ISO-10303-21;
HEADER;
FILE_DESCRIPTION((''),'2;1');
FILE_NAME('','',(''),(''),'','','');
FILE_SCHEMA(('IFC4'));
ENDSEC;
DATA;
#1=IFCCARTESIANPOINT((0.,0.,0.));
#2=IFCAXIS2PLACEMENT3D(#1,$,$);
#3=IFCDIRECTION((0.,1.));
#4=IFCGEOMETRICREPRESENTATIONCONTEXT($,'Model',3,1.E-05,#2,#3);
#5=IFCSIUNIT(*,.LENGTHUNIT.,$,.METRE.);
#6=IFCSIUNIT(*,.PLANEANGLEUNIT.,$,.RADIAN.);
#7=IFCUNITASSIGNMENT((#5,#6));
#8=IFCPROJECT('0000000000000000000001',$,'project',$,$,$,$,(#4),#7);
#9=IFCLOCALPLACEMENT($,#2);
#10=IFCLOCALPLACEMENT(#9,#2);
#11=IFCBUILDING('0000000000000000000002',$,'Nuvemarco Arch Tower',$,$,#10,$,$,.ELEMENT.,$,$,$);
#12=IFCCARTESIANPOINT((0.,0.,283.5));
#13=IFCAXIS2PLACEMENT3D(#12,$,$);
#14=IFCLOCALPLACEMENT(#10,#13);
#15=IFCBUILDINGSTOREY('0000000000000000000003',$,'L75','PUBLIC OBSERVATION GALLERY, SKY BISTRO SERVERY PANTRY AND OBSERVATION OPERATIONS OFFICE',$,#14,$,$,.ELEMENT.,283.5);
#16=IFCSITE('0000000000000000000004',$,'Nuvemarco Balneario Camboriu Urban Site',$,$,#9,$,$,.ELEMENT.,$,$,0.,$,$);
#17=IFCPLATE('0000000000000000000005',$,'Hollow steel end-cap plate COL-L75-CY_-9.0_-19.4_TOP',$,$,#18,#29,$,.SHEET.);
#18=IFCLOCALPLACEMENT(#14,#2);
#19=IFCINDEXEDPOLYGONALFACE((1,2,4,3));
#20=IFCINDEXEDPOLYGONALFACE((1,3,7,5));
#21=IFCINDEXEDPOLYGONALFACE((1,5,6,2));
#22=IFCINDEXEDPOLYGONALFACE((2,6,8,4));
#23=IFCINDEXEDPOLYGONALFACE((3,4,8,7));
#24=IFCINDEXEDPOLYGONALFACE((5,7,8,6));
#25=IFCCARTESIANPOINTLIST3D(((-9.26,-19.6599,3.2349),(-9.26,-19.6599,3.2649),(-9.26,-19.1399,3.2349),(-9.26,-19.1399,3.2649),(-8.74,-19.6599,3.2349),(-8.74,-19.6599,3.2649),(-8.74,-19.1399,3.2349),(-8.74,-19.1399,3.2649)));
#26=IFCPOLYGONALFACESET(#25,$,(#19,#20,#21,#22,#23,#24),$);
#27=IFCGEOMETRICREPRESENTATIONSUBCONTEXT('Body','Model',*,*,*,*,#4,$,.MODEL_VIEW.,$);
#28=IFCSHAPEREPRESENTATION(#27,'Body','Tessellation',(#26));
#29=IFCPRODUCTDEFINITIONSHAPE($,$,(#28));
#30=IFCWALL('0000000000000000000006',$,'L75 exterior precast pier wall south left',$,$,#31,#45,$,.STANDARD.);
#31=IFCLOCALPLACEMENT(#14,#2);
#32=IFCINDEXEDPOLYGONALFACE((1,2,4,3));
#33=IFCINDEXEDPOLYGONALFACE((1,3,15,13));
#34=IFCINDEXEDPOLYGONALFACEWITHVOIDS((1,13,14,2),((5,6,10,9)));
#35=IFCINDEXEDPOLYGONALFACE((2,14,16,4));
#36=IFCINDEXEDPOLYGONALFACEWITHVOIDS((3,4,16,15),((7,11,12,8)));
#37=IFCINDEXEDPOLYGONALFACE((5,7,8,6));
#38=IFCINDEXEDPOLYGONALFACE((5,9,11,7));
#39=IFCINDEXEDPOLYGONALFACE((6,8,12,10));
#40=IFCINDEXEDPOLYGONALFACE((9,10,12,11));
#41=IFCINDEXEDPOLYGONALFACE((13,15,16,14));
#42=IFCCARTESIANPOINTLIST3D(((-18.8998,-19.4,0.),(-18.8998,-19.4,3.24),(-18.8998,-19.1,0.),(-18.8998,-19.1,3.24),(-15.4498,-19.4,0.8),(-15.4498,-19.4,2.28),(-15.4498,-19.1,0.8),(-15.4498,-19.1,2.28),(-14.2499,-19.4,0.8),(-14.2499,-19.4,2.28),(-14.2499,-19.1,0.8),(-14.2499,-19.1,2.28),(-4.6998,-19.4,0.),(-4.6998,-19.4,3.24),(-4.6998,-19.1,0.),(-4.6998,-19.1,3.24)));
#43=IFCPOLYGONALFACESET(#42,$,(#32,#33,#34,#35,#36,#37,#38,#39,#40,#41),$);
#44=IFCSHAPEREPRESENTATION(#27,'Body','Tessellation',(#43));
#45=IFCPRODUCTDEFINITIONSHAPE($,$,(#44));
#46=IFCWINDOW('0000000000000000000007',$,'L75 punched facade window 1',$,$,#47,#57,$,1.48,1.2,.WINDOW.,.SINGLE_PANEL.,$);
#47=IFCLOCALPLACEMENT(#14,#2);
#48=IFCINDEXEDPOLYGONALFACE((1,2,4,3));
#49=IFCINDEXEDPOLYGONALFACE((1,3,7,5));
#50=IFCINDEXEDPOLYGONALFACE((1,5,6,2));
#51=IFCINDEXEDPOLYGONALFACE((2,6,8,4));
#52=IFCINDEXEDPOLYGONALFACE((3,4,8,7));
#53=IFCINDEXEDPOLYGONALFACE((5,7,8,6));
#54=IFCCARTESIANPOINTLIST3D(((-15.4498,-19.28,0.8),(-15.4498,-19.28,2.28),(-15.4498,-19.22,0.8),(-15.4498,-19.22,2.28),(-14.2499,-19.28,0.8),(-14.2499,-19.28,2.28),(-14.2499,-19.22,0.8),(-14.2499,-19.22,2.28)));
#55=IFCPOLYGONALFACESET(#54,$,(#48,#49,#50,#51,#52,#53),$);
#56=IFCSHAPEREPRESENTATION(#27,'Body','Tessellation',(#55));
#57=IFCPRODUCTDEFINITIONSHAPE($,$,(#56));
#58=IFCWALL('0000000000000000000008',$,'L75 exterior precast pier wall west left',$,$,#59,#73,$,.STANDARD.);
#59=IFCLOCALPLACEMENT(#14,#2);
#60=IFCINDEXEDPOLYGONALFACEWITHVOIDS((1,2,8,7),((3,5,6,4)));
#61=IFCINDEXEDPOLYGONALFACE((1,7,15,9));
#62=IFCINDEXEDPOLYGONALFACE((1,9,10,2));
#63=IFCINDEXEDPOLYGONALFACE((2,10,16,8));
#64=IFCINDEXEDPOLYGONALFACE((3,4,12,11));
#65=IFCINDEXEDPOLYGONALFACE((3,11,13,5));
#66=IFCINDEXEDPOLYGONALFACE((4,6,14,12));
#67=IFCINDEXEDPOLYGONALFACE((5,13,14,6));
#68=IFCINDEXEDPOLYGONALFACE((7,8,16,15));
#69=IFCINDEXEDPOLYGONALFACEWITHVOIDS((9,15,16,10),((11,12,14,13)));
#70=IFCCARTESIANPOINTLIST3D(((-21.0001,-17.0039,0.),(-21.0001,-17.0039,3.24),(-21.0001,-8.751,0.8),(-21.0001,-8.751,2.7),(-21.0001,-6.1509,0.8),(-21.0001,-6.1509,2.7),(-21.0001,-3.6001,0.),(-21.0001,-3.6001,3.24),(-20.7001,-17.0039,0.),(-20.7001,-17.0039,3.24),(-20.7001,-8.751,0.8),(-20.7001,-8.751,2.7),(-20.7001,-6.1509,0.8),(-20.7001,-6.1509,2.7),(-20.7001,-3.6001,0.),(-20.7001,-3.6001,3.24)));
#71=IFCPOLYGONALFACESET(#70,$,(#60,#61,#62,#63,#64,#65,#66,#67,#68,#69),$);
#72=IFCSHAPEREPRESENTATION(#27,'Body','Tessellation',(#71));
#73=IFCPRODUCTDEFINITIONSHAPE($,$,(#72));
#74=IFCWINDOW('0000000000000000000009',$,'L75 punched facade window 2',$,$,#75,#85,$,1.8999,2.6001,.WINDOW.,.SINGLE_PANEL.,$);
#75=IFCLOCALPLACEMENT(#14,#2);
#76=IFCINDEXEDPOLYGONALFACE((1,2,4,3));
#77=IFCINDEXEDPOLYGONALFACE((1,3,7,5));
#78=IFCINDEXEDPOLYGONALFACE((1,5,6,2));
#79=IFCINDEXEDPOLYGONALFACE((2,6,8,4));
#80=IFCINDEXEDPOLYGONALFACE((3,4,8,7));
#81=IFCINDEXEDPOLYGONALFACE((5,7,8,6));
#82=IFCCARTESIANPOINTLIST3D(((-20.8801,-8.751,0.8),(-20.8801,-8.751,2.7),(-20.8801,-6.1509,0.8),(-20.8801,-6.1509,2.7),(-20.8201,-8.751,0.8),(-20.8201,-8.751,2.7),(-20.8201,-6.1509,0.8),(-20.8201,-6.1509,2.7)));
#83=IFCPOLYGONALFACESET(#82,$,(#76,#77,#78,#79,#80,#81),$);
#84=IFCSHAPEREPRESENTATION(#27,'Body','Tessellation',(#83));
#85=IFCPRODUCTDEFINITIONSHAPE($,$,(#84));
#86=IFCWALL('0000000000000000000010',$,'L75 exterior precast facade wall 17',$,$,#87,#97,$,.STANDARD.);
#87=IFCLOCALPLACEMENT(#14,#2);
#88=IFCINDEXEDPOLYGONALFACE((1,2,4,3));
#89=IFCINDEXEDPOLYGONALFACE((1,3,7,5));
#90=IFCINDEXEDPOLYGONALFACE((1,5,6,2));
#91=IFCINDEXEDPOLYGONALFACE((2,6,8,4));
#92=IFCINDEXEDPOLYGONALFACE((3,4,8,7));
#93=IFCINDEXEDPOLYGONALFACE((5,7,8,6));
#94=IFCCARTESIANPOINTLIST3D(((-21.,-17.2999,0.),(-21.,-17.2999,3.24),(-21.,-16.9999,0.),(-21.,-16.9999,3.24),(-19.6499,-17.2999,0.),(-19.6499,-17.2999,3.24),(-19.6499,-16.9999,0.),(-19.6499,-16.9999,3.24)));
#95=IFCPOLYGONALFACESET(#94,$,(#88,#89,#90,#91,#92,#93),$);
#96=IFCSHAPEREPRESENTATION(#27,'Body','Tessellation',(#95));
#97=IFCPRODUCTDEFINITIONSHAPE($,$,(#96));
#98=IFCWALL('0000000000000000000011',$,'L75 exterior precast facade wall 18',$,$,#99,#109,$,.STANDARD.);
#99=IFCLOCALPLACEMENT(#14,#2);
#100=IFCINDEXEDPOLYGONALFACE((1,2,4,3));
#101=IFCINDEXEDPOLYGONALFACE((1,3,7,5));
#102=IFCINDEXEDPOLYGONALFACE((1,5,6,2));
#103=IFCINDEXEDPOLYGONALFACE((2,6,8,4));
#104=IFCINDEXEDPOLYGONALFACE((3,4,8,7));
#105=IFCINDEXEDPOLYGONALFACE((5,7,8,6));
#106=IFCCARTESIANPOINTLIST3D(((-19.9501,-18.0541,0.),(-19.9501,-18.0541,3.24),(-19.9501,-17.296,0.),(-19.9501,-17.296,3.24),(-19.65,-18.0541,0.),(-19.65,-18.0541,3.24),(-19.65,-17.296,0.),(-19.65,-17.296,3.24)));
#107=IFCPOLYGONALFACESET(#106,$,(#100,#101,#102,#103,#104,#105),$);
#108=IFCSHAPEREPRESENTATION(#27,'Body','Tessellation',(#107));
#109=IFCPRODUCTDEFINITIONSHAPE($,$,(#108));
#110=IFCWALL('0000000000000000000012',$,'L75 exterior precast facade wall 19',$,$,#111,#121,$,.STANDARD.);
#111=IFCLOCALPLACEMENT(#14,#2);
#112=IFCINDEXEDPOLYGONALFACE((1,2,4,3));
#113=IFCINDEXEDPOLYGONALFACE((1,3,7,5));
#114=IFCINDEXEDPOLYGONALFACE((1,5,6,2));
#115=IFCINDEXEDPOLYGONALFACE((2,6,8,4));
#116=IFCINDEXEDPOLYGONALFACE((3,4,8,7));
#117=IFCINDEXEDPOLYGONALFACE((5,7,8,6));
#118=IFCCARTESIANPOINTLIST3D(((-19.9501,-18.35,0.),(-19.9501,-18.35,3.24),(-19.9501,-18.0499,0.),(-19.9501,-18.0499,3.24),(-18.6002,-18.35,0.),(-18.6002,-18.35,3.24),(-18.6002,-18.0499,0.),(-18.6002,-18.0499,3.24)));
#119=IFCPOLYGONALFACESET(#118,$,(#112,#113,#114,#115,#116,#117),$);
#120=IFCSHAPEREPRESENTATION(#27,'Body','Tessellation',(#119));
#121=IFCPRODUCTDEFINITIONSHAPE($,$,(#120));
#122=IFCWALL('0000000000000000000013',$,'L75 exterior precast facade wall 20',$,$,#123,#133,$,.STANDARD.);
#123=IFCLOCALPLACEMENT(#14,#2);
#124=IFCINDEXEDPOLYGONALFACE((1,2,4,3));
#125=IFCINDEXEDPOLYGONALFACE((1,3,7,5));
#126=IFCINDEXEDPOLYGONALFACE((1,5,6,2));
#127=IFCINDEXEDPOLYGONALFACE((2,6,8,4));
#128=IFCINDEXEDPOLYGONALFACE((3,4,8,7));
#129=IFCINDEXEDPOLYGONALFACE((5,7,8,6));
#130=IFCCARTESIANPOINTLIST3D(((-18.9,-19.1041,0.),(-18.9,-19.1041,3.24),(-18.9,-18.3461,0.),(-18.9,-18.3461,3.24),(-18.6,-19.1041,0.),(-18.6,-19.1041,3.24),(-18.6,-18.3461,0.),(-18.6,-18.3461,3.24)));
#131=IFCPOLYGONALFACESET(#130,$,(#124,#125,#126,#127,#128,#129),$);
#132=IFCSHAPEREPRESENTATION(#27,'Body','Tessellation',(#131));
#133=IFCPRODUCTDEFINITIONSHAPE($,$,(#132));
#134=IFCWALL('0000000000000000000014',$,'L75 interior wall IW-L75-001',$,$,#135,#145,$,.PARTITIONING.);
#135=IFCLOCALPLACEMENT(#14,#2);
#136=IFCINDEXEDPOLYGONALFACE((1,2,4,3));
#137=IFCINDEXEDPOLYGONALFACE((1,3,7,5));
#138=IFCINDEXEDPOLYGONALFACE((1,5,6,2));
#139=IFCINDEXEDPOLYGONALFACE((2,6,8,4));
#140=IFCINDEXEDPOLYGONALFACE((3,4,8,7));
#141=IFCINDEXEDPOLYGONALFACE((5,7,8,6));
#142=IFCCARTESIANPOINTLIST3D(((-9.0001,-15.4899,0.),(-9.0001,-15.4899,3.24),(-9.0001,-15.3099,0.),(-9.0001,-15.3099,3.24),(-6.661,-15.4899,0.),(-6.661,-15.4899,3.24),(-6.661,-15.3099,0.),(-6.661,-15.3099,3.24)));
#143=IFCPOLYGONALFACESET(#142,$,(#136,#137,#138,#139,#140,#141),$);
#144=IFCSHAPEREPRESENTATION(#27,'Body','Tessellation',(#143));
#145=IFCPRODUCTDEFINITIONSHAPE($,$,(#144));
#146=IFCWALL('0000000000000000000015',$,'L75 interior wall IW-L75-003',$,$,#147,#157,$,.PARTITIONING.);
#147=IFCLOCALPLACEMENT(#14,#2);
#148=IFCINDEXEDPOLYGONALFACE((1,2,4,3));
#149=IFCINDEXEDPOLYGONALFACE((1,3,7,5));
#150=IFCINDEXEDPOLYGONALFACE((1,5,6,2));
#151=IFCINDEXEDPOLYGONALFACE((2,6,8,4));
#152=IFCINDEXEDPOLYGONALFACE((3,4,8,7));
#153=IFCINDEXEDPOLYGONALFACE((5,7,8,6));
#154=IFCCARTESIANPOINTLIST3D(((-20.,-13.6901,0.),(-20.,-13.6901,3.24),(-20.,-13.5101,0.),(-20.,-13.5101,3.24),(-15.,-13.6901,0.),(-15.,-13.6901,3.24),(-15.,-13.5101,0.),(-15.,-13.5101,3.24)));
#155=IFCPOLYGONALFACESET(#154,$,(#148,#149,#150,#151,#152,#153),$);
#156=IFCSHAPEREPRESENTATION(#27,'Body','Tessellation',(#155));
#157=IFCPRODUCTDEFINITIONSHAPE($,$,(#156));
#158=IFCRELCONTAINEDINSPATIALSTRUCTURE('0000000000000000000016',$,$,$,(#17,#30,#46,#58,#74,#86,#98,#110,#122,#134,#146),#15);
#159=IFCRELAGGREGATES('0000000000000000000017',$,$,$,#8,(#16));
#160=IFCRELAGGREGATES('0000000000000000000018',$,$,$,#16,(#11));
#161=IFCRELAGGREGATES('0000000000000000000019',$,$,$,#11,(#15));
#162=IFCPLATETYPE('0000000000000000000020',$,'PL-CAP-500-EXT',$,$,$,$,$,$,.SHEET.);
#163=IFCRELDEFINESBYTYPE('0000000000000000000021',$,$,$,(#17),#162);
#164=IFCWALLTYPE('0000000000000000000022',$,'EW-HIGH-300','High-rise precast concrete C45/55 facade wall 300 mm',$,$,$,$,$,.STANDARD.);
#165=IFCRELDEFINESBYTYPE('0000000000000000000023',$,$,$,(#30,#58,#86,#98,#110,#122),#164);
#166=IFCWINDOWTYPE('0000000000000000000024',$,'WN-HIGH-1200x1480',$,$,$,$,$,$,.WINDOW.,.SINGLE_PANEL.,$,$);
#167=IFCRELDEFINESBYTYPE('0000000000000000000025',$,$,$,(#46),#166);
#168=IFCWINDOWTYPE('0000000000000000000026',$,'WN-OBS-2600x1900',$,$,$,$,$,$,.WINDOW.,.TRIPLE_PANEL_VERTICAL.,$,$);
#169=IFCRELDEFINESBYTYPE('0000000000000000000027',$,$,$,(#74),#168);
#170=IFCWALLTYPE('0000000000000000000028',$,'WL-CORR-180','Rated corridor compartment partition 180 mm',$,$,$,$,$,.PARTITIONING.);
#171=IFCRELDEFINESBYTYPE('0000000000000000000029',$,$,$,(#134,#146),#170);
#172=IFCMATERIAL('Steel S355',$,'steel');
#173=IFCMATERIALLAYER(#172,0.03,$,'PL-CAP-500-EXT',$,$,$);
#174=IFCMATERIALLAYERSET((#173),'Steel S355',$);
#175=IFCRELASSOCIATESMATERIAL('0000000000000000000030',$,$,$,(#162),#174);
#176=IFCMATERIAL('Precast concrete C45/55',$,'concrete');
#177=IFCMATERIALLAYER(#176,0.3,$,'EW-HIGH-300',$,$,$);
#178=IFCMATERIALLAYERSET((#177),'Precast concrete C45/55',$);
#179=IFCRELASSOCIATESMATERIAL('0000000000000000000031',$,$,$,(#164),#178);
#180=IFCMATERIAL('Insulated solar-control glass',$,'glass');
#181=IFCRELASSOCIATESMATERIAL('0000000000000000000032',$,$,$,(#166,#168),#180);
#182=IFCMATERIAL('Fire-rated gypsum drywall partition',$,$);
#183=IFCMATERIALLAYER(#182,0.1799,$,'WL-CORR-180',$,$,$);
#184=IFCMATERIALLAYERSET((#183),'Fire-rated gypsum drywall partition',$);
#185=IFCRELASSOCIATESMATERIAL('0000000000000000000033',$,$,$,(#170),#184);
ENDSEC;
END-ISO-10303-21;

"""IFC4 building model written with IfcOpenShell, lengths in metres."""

from ifc_helpers import new_model, si_unit, direction, frame, frame_2d, origin, origin_2d, place, context, subcontext, project, spatial, rectangle, extrude, source, transform, mapped, material, layer, layer_set, type_object, type_shapes, element, fill, save


model = new_model("IFC4")

# Units and contexts
model_context = context("Model", 3, precision=1e-05, world=origin(), true_north=direction((0.0, 1.0)))
body_context = subcontext(model_context, "Body", "Model", "MODEL_VIEW")
ifc_project = project(units=[si_unit("LENGTHUNIT", "METRE"), si_unit("PLANEANGLEUNIT", "RADIAN")], contexts=[model_context])

# Site, building, storey
site_placement = place(None, origin())
site = spatial("IfcSite", under=ifc_project, at=site_placement, Name="Nuvemarco Balneario Camboriu Urban Site", CompositionType="ELEMENT", RefElevation=0.0)
building_placement = place(site_placement, origin())
building = spatial("IfcBuilding", under=site, at=building_placement, Name="Nuvemarco Arch Tower", CompositionType="ELEMENT")
storey_placement = place(building_placement, frame((0.0, 0.0, 283.5)))
storey = spatial("IfcBuildingStorey", under=building, at=storey_placement, Name="L75", Description="PUBLIC OBSERVATION GALLERY, SKY BISTRO SERVERY PANTRY AND OBSERVATION OPERATIONS OFFICE", CompositionType="ELEMENT", Elevation=283.5)

# Shared definitions
ifc_material_1 = material(Name="Steel S355", Category="steel")

# Shared definitions
ifc_material_2 = material(Name="Precast concrete C45/55", Category="concrete")

# Plate
ifc_layer_1 = layer(ifc_material_1, 0.03, Name="PL-CAP-500-EXT")
ifc_layer_set_1 = layer_set([ifc_layer_1], Name="Steel S355")
plate_type = type_object("IfcPlateType", Name="PL-CAP-500-EXT", PredefinedType="SHEET", material=ifc_layer_set_1)
shared_shape_1 = source(origin(), body_context, "Body", "SweptSolid", [
    extrude(rectangle(XDim=0.52, YDim=0.52, at=origin_2d()), origin(), (0.0, 0.0, 1.0), 0.03),
])
type_shapes(plate_type, [shared_shape_1])
for number, where, z_axis, x_axis, name in (
    (1, (-9.0, -19.3999, 3.2349), (0.0, 0.0, 1.0), (1.0, 0.0, 0.0), "Hollow steel end-cap plate COL-L75-CY_-9.0_-19.4_TOP"),
):
    element("IfcPlate", number, at=place(storey_placement, frame(where, z_axis=z_axis, x_axis=x_axis)), inside=storey, type_object=plate_type, Name=name, PredefinedType="SHEET", context=body_context, shape_type="MappedRepresentation", body=[
        mapped(shared_shape_1, transform((0.0, 0.0, 0.0), scale=1.0)),
    ])

# Walls, openings, windows
ifc_layer_2 = layer(ifc_material_2, 0.3, Name="EW-HIGH-300")
ifc_layer_set_2 = layer_set([ifc_layer_2], Name="Precast concrete C45/55")
wall_type_1 = type_object("IfcWallType", Name="EW-HIGH-300", Description="High-rise precast concrete C45/55 facade wall 300 mm", PredefinedType="STANDARD", material=ifc_layer_set_2)
wall_1_placement = place(storey_placement, frame((-18.8999, -19.25, 0.0), z_axis=(0.0, 0.0, 1.0), x_axis=(1.0, 0.0, 0.0)))
wall_1 = element("IfcWall", 2, at=wall_1_placement, inside=storey, type_object=wall_type_1, Name="L75 exterior precast pier wall south left", PredefinedType="STANDARD", context=body_context, shape_type="SweptSolid", body=[
    extrude(rectangle(XDim=14.2, YDim=0.3, at=frame_2d((7.1001, 0.0))), origin(), (0.0, 0.0, 1.0), 3.24),
])
opening_1_placement = place(wall_1_placement, frame((3.45, 0.0, 0.8)))
opening_1 = element("IfcOpeningElement", 3, at=opening_1_placement, cuts=wall_1, PredefinedType="OPENING", context=body_context, shape_type="SweptSolid", body=[
    extrude(rectangle(XDim=1.2, YDim=1.48, at=frame_2d((0.6001, 0.74))), frame((0.0, 0.1599, 0.0), z_axis=(0.0, -1.0, 0.0), x_axis=(1.0, 0.0, 0.0)), (0.0, 0.0, 1.0), 0.3201),
])
ifc_material_3 = material(Name="Insulated solar-control glass", Category="glass")
window_type_1 = type_object("IfcWindowType", Name="WN-HIGH-1200x1480", PartitioningType="SINGLE_PANEL", PredefinedType="WINDOW", material=ifc_material_3)
shared_shape_2 = source(origin(), body_context, "Body", "SweptSolid", [
    extrude(rectangle(XDim=1.2, YDim=1.48, at=frame_2d((0.6001, 0.74))), frame((0.0, 0.03, 0.0), z_axis=(0.0, -1.0, 0.0), x_axis=(1.0, 0.0, 0.0)), (0.0, 0.0, 1.0), 0.0601),
])
type_shapes(window_type_1, [shared_shape_2])
window_1_placement = place(opening_1_placement, origin())
window_1 = element("IfcWindow", 4, at=window_1_placement, inside=storey, type_object=window_type_1, Name="L75 punched facade window 1", OverallHeight=1.48, OverallWidth=1.2, PartitioningType="SINGLE_PANEL", PredefinedType="WINDOW", context=body_context, shape_type="MappedRepresentation", body=[
    mapped(shared_shape_2, transform((0.0, 0.0, 0.0), scale=1.0)),
])
fill(opening_1, window_1)
wall_2_placement = place(storey_placement, frame((-20.8501, -17.0039, 0.0), z_axis=(0.0, 0.0, 1.0), x_axis=(0.0, 1.0, 0.0)))
wall_2 = element("IfcWall", 5, at=wall_2_placement, inside=storey, type_object=wall_type_1, Name="L75 exterior precast pier wall west left", PredefinedType="STANDARD", context=body_context, shape_type="SweptSolid", body=[
    extrude(rectangle(XDim=13.4038, YDim=0.3, at=frame_2d((6.7019, 0.0))), origin(), (0.0, 0.0, 1.0), 3.24),
])
opening_2_placement = place(wall_2_placement, frame((8.2529, 0.0, 0.8)))
opening_2 = element("IfcOpeningElement", 6, at=opening_2_placement, cuts=wall_2, PredefinedType="OPENING", context=body_context, shape_type="SweptSolid", body=[
    extrude(rectangle(XDim=2.6001, YDim=1.8999, at=frame_2d((1.3, 0.95))), frame((0.0, 0.1599, 0.0), z_axis=(0.0, -1.0, 0.0), x_axis=(1.0, 0.0, 0.0)), (0.0, 0.0, 1.0), 0.3201),
])
window_type_2 = type_object("IfcWindowType", Name="WN-OBS-2600x1900", PartitioningType="TRIPLE_PANEL_VERTICAL", PredefinedType="WINDOW", material=ifc_material_3)
shared_shape_3 = source(origin(), body_context, "Body", "SweptSolid", [
    extrude(rectangle(XDim=2.6001, YDim=1.8999, at=frame_2d((1.3, 0.95))), frame((0.0, 0.03, 0.0), z_axis=(0.0, -1.0, 0.0), x_axis=(1.0, 0.0, 0.0)), (0.0, 0.0, 1.0), 0.0601),
])
type_shapes(window_type_2, [shared_shape_3])
window_2_placement = place(opening_2_placement, origin())
window_2 = element("IfcWindow", 7, at=window_2_placement, inside=storey, type_object=window_type_2, Name="L75 punched facade window 2", OverallHeight=1.8999, OverallWidth=2.6001, PartitioningType="SINGLE_PANEL", PredefinedType="WINDOW", context=body_context, shape_type="MappedRepresentation", body=[
    mapped(shared_shape_3, transform((0.0, 0.0, 0.0), scale=1.0)),
])
fill(opening_2, window_2)

# Walls
wall_3_placement = place(storey_placement, frame((-21.0, -17.1499, 0.0), z_axis=(0.0, 0.0, 1.0), x_axis=(1.0, 0.0, 0.0)))
element("IfcWall", 8, at=wall_3_placement, inside=storey, type_object=wall_type_1, Name="L75 exterior precast facade wall 17", PredefinedType="STANDARD", context=body_context, shape_type="SweptSolid", body=[
    extrude(rectangle(XDim=1.3501, YDim=0.3, at=frame_2d((0.675, 0.0))), origin(), (0.0, 0.0, 1.0), 3.24),
])
wall_4_placement = place(storey_placement, frame((-19.8, -18.054, 0.0), z_axis=(0.0, 0.0, 1.0), x_axis=(0.0, 1.0, 0.0)))
element("IfcWall", 9, at=wall_4_placement, inside=storey, type_object=wall_type_1, Name="L75 exterior precast facade wall 18", PredefinedType="STANDARD", context=body_context, shape_type="SweptSolid", body=[
    extrude(rectangle(XDim=0.7581, YDim=0.3, at=frame_2d((0.3789, 0.0))), origin(), (0.0, 0.0, 1.0), 3.24),
])
wall_5_placement = place(storey_placement, frame((-19.95, -18.2, 0.0), z_axis=(0.0, 0.0, 1.0), x_axis=(1.0, 0.0, 0.0)))
element("IfcWall", 10, at=wall_5_placement, inside=storey, type_object=wall_type_1, Name="L75 exterior precast facade wall 19", PredefinedType="STANDARD", context=body_context, shape_type="SweptSolid", body=[
    extrude(rectangle(XDim=1.3499, YDim=0.3, at=frame_2d((0.6748, 0.0))), origin(), (0.0, 0.0, 1.0), 3.24),
])
wall_6_placement = place(storey_placement, frame((-18.75, -19.104, 0.0), z_axis=(0.0, 0.0, 1.0), x_axis=(0.0, 1.0, 0.0)))
element("IfcWall", 11, at=wall_6_placement, inside=storey, type_object=wall_type_1, Name="L75 exterior precast facade wall 20", PredefinedType="STANDARD", context=body_context, shape_type="SweptSolid", body=[
    extrude(rectangle(XDim=0.7581, YDim=0.3, at=frame_2d((0.3789, 0.0))), origin(), (0.0, 0.0, 1.0), 3.24),
])
ifc_material_4 = material(Name="Fire-rated gypsum drywall partition")
ifc_layer_3 = layer(ifc_material_4, 0.1799, Name="WL-CORR-180")
ifc_layer_set_3 = layer_set([ifc_layer_3], Name="Fire-rated gypsum drywall partition")
wall_type_2 = type_object("IfcWallType", Name="WL-CORR-180", Description="Rated corridor compartment partition 180 mm", PredefinedType="PARTITIONING", material=ifc_layer_set_3)
wall_7_placement = place(storey_placement, frame((-9.0, -15.3999, 0.0), z_axis=(0.0, 0.0, 1.0), x_axis=(1.0, 0.0, 0.0)))
element("IfcWall", 12, at=wall_7_placement, inside=storey, type_object=wall_type_2, Name="L75 interior wall IW-L75-001", PredefinedType="PARTITIONING", context=body_context, shape_type="SweptSolid", body=[
    extrude(rectangle(XDim=2.3391, YDim=0.1799, at=frame_2d((1.1694, 0.0))), origin(), (0.0, 0.0, 1.0), 3.24),
])
wall_8_placement = place(storey_placement, frame((-20.0, -13.6001, 0.0), z_axis=(0.0, 0.0, 1.0), x_axis=(1.0, 0.0, 0.0)))
element("IfcWall", 13, at=wall_8_placement, inside=storey, type_object=wall_type_2, Name="L75 interior wall IW-L75-003", PredefinedType="PARTITIONING", context=body_context, shape_type="SweptSolid", body=[
    extrude(rectangle(XDim=5.0, YDim=0.1799, at=frame_2d((2.5, 0.0))), origin(), (0.0, 0.0, 1.0), 3.24),
])

save(model, "model.ifc")
